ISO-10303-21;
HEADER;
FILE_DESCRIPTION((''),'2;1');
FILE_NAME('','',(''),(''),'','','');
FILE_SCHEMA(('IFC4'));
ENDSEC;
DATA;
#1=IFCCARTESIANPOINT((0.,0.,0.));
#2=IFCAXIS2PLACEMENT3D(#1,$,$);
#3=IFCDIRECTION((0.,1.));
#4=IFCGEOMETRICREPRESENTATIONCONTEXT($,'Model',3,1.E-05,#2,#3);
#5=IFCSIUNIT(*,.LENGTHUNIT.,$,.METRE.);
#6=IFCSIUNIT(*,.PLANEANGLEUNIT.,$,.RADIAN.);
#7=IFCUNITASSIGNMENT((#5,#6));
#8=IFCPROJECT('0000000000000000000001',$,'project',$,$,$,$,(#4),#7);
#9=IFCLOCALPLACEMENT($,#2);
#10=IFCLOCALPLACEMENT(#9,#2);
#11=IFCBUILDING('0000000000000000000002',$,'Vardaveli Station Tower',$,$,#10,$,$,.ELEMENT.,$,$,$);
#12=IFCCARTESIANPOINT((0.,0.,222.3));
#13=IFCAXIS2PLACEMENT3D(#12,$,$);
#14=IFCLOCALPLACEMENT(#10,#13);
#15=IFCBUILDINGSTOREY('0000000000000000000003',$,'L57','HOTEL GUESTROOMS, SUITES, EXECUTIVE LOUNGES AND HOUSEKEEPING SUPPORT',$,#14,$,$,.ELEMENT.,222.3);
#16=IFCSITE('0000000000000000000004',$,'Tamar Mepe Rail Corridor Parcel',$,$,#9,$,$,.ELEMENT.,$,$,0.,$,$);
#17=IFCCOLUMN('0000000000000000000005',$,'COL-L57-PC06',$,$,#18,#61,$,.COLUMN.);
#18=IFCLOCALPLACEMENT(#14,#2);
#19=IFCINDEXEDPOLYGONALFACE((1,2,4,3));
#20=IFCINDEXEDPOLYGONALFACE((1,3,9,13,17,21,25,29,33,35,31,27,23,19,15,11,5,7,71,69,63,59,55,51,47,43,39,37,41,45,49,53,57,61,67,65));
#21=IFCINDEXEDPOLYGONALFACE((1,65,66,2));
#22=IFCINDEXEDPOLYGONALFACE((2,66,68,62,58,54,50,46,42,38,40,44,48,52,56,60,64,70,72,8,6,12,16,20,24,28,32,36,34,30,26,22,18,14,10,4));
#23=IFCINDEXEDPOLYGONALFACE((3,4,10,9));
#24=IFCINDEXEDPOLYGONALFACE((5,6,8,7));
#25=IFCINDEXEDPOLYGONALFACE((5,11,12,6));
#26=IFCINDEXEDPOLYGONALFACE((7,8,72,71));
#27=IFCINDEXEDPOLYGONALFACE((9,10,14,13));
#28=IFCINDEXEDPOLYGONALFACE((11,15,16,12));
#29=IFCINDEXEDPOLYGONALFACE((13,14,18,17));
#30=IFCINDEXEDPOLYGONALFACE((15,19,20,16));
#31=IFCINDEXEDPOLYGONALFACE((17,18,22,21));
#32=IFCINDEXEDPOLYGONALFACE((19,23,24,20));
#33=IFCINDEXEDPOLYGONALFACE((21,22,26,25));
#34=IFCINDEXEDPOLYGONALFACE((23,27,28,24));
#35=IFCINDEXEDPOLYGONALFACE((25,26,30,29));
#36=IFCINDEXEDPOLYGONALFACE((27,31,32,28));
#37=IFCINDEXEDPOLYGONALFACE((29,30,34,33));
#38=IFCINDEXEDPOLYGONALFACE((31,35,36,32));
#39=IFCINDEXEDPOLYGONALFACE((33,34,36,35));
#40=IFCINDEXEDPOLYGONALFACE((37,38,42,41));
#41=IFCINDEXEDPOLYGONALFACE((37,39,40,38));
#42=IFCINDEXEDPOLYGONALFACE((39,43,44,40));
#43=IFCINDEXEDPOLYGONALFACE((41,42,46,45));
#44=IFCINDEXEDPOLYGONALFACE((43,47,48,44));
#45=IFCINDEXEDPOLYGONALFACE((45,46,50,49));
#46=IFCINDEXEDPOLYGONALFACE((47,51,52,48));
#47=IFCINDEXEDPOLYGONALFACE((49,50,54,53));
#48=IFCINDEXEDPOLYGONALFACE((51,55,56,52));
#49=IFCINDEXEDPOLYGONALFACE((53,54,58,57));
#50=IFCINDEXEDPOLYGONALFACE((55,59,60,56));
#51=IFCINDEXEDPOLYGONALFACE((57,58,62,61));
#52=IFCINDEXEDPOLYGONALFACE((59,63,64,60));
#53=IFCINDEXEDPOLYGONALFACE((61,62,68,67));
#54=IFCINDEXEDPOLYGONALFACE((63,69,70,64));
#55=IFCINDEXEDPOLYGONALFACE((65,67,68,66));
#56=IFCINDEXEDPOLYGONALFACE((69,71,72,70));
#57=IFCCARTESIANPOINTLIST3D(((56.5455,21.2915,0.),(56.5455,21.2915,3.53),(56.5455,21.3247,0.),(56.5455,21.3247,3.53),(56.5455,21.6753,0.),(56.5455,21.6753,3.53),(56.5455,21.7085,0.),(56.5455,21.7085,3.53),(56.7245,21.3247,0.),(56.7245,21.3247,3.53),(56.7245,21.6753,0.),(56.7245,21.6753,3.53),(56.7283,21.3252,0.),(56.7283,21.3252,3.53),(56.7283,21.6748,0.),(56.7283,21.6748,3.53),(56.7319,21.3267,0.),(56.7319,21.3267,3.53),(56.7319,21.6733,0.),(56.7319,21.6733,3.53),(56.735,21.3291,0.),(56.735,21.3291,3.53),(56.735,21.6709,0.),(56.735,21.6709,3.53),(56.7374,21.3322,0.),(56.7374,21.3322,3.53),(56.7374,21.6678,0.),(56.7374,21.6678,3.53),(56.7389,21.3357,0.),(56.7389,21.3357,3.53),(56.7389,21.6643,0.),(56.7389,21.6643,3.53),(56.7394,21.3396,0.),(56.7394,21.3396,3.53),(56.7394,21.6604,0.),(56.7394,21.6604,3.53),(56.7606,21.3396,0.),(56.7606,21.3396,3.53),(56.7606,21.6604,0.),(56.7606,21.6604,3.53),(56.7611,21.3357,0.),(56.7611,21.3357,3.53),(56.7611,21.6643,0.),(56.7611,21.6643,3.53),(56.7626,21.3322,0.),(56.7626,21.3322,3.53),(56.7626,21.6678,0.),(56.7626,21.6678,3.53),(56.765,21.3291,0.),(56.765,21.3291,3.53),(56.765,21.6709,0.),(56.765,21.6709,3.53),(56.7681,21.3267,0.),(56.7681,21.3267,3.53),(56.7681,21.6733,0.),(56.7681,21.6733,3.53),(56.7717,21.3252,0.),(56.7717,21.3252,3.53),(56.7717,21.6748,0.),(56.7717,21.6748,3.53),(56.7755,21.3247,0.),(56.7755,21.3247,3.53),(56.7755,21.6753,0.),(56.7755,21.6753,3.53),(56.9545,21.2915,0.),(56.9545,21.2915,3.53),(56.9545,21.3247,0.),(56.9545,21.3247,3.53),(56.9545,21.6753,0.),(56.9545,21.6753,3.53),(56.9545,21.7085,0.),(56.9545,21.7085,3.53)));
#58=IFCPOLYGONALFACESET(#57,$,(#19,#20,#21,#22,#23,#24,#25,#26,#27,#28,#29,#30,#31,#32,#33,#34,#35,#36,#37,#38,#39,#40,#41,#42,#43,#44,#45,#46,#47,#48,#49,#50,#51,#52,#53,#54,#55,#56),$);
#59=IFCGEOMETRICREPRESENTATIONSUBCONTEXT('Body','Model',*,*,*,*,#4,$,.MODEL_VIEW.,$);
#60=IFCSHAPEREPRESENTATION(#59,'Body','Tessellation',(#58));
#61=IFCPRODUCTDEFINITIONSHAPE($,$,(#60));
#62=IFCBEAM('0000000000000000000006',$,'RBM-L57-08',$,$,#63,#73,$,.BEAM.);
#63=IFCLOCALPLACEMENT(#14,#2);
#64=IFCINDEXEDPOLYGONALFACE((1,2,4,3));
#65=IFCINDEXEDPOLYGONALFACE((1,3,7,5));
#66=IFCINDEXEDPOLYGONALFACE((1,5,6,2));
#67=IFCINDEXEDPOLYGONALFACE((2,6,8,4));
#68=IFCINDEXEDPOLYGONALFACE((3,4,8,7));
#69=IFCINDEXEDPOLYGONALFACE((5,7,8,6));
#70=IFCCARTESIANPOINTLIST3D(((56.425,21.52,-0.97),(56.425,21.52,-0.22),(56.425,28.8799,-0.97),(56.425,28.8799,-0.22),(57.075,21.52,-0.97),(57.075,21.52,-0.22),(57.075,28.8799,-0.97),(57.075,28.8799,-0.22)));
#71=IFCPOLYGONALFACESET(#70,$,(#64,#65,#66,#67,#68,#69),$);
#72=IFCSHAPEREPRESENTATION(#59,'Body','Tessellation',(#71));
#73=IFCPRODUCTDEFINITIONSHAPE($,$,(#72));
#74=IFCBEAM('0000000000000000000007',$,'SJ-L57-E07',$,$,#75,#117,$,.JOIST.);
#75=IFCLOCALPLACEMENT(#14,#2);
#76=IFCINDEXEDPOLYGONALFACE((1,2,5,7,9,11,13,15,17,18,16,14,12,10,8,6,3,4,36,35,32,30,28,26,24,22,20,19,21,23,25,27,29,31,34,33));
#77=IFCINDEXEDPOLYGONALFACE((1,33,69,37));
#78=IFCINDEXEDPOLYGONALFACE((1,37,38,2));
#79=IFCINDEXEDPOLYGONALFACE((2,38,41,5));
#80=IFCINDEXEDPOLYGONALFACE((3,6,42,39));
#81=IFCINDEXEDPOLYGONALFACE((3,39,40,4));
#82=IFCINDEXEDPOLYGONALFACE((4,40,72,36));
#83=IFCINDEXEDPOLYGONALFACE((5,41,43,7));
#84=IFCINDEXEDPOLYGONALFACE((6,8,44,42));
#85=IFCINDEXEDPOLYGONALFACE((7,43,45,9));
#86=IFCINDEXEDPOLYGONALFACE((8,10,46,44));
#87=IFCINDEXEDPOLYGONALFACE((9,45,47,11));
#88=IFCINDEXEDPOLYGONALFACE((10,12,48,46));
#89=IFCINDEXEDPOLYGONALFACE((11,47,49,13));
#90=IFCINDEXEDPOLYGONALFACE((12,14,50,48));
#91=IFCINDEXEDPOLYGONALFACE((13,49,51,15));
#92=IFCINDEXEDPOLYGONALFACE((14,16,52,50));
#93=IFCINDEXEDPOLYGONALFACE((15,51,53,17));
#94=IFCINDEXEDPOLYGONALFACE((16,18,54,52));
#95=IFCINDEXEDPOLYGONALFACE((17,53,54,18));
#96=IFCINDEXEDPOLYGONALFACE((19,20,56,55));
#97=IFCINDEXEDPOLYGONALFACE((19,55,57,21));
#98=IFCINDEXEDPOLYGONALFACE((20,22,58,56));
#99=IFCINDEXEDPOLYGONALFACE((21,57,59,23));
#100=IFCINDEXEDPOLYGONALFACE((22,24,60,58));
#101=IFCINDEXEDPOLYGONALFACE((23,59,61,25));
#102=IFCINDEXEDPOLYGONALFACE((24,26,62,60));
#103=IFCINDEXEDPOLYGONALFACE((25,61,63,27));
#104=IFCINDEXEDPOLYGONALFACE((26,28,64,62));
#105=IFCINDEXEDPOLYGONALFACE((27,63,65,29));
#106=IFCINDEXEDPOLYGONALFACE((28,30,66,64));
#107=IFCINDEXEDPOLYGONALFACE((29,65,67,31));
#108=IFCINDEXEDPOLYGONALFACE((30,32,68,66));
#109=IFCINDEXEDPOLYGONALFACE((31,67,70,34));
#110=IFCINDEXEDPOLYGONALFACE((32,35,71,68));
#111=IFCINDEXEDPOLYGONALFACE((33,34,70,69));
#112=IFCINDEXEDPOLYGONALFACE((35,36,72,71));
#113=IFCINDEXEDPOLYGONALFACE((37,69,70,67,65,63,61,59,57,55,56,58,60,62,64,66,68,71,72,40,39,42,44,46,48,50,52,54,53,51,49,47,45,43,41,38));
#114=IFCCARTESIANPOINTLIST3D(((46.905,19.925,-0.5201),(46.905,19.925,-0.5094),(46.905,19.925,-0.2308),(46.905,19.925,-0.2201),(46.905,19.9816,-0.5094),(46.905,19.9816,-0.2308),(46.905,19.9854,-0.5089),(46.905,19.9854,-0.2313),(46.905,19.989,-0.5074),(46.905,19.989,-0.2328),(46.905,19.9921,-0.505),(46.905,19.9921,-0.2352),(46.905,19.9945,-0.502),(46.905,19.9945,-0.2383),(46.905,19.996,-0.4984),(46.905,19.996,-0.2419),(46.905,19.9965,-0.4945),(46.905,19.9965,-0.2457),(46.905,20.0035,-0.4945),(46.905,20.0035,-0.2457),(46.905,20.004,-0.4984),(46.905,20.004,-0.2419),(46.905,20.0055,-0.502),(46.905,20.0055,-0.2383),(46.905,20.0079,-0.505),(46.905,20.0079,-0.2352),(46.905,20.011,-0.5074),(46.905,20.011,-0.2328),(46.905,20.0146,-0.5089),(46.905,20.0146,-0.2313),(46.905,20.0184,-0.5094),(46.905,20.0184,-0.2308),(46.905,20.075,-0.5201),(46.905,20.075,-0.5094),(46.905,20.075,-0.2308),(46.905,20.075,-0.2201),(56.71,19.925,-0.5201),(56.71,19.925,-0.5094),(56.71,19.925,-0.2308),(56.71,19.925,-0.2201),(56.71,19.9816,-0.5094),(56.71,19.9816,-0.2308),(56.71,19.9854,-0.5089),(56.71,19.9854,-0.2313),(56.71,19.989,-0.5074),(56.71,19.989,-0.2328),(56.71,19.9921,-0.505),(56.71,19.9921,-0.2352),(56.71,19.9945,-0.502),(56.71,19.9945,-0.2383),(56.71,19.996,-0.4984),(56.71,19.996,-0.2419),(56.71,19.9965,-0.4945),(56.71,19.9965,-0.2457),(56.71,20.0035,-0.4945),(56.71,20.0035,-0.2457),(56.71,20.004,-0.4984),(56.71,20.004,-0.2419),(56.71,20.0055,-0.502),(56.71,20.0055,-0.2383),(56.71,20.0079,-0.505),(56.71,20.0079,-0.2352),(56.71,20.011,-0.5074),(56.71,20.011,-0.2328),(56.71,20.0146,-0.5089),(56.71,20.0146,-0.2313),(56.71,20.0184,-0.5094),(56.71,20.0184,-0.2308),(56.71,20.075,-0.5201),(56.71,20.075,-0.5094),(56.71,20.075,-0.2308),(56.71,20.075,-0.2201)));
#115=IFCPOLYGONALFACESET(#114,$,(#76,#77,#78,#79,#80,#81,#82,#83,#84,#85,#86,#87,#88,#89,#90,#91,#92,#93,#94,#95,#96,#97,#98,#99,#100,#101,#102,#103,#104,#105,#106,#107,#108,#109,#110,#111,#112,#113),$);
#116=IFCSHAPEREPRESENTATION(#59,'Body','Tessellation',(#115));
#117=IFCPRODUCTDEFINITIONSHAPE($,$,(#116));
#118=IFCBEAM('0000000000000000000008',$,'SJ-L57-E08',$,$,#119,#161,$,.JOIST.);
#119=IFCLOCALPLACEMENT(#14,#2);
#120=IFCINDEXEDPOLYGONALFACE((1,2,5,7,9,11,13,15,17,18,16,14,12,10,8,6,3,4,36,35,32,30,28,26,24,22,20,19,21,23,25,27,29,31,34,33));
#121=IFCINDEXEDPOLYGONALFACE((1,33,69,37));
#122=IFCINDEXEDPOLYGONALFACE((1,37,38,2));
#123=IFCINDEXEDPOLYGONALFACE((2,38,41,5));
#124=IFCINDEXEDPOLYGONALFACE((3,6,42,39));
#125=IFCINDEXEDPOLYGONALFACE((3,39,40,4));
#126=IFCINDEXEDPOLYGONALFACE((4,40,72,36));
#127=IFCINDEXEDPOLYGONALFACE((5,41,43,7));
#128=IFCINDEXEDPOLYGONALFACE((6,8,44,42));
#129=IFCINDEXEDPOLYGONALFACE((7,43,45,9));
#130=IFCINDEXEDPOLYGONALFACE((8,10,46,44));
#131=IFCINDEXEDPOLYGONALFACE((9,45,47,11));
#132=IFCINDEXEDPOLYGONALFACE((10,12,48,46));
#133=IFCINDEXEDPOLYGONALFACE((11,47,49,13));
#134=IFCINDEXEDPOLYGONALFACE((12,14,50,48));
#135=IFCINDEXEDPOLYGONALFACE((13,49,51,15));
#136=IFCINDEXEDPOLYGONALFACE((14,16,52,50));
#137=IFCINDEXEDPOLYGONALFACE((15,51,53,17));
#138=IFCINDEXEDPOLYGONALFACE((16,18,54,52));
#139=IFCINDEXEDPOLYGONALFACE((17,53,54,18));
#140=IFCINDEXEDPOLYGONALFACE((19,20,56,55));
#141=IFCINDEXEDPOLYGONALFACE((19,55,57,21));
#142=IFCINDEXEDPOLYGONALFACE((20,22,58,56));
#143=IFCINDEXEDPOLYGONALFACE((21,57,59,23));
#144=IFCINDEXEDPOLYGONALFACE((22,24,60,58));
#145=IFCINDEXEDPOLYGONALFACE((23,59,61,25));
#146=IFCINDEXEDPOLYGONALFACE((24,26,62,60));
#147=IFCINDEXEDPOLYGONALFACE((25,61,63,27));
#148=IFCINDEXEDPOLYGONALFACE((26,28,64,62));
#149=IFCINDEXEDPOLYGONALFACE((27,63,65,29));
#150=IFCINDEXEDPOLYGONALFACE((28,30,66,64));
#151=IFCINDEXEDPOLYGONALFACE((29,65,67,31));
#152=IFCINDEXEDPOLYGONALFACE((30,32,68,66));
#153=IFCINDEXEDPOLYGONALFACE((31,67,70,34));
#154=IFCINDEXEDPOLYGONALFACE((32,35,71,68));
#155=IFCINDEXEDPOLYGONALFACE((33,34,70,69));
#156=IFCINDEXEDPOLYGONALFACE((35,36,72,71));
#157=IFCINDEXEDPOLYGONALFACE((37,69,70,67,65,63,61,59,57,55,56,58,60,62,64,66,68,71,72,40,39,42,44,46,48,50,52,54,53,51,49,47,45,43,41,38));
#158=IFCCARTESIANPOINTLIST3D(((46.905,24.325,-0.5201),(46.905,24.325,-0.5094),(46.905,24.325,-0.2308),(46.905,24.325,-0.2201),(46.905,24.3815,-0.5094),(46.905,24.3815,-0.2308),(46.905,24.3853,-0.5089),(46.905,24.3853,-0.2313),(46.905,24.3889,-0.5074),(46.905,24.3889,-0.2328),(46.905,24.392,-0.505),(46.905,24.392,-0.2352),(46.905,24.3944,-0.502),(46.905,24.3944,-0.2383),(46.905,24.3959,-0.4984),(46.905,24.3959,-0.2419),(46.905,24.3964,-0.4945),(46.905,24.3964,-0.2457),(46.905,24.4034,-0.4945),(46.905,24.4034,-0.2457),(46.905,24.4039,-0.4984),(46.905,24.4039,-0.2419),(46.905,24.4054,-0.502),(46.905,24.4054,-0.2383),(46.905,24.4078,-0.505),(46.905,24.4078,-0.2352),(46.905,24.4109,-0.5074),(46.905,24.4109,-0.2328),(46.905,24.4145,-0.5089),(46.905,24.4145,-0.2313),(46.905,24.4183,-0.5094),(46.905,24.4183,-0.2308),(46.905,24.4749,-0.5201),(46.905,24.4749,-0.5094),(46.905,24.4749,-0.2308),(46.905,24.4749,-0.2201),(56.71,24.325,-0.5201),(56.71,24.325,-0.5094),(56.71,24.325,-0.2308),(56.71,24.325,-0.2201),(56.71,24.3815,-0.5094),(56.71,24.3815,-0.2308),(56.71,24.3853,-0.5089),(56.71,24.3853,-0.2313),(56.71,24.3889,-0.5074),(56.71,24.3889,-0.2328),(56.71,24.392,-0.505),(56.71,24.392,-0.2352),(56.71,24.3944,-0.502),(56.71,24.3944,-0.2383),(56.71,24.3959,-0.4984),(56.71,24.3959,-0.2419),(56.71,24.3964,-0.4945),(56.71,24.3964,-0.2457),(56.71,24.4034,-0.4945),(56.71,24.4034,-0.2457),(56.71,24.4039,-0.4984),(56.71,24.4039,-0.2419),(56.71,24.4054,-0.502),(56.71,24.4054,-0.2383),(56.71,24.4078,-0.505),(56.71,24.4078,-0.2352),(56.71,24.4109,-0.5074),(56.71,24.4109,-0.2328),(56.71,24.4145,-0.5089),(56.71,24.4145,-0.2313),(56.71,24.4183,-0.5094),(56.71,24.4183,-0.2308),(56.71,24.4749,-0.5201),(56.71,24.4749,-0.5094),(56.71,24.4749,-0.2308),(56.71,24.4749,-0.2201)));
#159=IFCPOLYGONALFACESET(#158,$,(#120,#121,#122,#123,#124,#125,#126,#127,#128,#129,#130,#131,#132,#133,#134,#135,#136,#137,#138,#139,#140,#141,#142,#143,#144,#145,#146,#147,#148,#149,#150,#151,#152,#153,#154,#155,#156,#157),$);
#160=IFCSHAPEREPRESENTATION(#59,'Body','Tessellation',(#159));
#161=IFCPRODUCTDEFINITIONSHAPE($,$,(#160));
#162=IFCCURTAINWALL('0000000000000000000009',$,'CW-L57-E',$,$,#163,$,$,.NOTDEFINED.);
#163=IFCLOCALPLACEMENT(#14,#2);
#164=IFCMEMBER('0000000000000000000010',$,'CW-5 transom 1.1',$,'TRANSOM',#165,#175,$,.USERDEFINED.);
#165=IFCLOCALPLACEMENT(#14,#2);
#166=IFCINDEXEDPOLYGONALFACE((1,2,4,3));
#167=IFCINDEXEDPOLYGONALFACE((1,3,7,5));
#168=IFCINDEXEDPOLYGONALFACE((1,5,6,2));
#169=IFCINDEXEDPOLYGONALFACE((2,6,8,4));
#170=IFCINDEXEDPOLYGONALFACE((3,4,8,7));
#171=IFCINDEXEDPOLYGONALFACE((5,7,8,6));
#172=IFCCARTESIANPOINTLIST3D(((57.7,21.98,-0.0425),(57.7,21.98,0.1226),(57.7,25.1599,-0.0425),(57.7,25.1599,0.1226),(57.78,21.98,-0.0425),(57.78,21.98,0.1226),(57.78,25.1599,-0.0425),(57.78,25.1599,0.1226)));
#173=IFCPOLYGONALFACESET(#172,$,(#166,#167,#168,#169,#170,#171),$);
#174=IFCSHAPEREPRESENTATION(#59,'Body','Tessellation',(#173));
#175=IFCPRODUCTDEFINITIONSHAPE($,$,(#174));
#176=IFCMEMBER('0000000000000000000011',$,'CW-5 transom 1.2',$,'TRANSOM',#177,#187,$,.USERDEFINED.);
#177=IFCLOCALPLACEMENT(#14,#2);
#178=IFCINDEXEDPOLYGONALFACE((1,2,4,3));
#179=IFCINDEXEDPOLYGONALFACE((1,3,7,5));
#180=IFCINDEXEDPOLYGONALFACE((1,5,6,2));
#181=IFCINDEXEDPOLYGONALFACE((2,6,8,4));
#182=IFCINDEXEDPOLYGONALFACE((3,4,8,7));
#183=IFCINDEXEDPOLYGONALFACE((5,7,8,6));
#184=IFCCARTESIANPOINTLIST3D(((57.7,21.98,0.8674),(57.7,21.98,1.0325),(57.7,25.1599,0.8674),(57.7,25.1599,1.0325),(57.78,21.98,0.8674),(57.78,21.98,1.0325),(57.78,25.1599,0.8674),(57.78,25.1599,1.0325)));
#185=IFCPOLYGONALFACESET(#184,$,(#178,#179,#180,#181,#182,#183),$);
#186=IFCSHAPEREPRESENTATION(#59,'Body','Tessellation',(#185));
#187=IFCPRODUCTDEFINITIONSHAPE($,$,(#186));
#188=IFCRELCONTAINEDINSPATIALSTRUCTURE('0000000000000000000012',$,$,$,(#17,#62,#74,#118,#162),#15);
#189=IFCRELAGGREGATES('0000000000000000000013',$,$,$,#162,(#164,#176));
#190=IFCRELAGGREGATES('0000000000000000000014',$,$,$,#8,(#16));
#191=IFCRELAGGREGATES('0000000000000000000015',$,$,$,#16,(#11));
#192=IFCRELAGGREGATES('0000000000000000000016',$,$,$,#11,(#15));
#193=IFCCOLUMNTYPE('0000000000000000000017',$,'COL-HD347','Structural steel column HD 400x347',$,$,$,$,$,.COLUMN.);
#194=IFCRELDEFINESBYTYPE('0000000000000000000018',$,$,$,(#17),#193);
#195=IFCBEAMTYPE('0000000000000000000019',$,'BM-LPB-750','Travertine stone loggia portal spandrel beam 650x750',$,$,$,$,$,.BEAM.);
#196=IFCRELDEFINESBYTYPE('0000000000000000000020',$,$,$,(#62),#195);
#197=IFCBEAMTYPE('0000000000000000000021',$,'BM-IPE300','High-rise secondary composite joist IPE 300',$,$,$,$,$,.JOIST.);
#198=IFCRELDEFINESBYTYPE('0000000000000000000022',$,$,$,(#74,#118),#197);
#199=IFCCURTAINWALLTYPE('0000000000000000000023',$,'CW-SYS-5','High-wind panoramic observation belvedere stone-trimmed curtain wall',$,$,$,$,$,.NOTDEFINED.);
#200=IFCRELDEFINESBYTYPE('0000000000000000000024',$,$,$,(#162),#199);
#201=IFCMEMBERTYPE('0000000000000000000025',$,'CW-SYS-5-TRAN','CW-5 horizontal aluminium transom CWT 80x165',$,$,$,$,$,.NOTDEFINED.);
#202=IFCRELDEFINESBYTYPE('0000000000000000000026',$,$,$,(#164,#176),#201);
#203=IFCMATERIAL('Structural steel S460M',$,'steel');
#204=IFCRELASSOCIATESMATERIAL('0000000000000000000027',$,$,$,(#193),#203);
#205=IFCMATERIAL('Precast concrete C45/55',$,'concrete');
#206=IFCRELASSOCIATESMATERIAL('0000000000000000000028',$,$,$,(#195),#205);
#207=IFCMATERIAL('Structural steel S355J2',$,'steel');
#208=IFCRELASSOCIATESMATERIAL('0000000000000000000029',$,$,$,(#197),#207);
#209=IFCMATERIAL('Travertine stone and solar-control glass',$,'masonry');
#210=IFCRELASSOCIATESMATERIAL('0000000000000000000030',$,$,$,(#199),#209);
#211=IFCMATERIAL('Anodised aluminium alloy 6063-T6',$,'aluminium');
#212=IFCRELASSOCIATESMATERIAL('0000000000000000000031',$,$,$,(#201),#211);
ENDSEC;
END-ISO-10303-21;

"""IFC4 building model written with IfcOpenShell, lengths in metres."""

from ifc_helpers import new_model, si_unit, direction, frame, origin, origin_2d, place, context, subcontext, project, spatial, rectangle, i_section, extrude, source, transform, mapped, material, material_profile, profile_set, type_object, element, aggregate, save


model = new_model("IFC4")

# Units and contexts
model_context = context("Model", 3, precision=1e-05, world=origin(), true_north=direction((0.0, 1.0)))
body_context = subcontext(model_context, "Body", "Model", "MODEL_VIEW")
ifc_project = project(units=[si_unit("LENGTHUNIT", "METRE"), si_unit("PLANEANGLEUNIT", "RADIAN")], contexts=[model_context])

# Site, building, storey
site_placement = place(None, origin())
site = spatial("IfcSite", under=ifc_project, at=site_placement, Name="Tamar Mepe Rail Corridor Parcel", CompositionType="ELEMENT", RefElevation=0.0)
building_placement = place(site_placement, origin())
building = spatial("IfcBuilding", under=site, at=building_placement, Name="Vardaveli Station Tower", CompositionType="ELEMENT")
storey_placement = place(building_placement, frame((0.0, 0.0, 222.3)))
storey = spatial("IfcBuildingStorey", under=building, at=storey_placement, Name="L57", Description="HOTEL GUESTROOMS, SUITES, EXECUTIVE LOUNGES AND HOUSEKEEPING SUPPORT", CompositionType="ELEMENT", Elevation=222.3)

# Column
ifc_material_1 = material(Name="Structural steel S460M", Category="steel")
ifc_material_profile_1 = material_profile(ifc_material_1, i_section(OverallWidth=0.4089, OverallDepth=0.417, WebThickness=0.0212, FlangeThickness=0.0332, FilletRadius=0.0149, at=origin_2d()), Name="HD 400x347")
ifc_profile_set_1 = profile_set([ifc_material_profile_1], Name="Structural steel S460M")
column_type = type_object("IfcColumnType", Name="COL-HD347", Description="Structural steel column HD 400x347", PredefinedType="COLUMN", material=ifc_profile_set_1)
shared_shape_1 = source(origin(), body_context, "Body", "SweptSolid", [
    extrude(i_section(OverallWidth=0.4089, OverallDepth=0.417, WebThickness=0.0212, FlangeThickness=0.0332, FilletRadius=0.0149, at=origin_2d()), origin(), (0.0, 0.0, 1.0), 3.53),
])
column_placement = place(storey_placement, frame((56.75, 21.5, 0.0), z_axis=(0.0, 0.0, 1.0), x_axis=(1.0, 0.0, 0.0)))
element("IfcColumn", 1, at=column_placement, inside=storey, type_object=column_type, Name="COL-L57-PC06", PredefinedType="COLUMN", context=body_context, shape_type="MappedRepresentation", body=[
    mapped(shared_shape_1, transform((0.0, 0.0, 0.0), scale=1.0)),
])

# Beams
ifc_material_2 = material(Name="Precast concrete C45/55", Category="concrete")
ifc_material_profile_2 = material_profile(ifc_material_2, rectangle(XDim=0.6499, YDim=0.75, at=origin_2d()), Name="LPB 650x750")
ifc_profile_set_2 = profile_set([ifc_material_profile_2], Name="Precast concrete C45/55")
beam_type_1 = type_object("IfcBeamType", Name="BM-LPB-750", Description="Travertine stone loggia portal spandrel beam 650x750", PredefinedType="BEAM", material=ifc_profile_set_2)
shared_shape_2 = source(origin(), body_context, "Body", "SweptSolid", [
    extrude(rectangle(XDim=0.6499, YDim=0.75, at=origin_2d()), origin(), (0.0, 0.0, 1.0), 7.3599),
])
beam_placement = place(storey_placement, frame((56.75, 21.52, -0.595), z_axis=(0.0, 1.0, 0.0), x_axis=(-1.0, 0.0, 0.0)))
element("IfcBeam", 2, at=beam_placement, inside=storey, type_object=beam_type_1, Name="RBM-L57-08", PredefinedType="BEAM", context=body_context, shape_type="MappedRepresentation", body=[
    mapped(shared_shape_2, transform((0.0, 0.0, 0.0), scale=1.0)),
])
ifc_material_3 = material(Name="Structural steel S355J2", Category="steel")
ifc_material_profile_3 = material_profile(ifc_material_3, i_section(OverallWidth=0.1499, OverallDepth=0.3, WebThickness=0.0071, FlangeThickness=0.0107, FilletRadius=0.0149, at=origin_2d()), Name="IPE 300")
ifc_profile_set_3 = profile_set([ifc_material_profile_3], Name="Structural steel S355J2")
beam_type_2 = type_object("IfcBeamType", Name="BM-IPE300", Description="High-rise secondary composite joist IPE 300", PredefinedType="JOIST", material=ifc_profile_set_3)
shared_shape_3 = source(origin(), body_context, "Body", "SweptSolid", [
    extrude(i_section(OverallWidth=0.1499, OverallDepth=0.3, WebThickness=0.0071, FlangeThickness=0.0107, FilletRadius=0.0149, at=origin_2d()), origin(), (0.0, 0.0, 1.0), 9.8049),
])
for number, where, z_axis, x_axis, name in (
    (3, (46.905, 20.0, -0.3701), (1.0, 0.0, 0.0), (0.0, 1.0, 0.0), "SJ-L57-E07"),
    (4, (46.905, 24.3999, -0.3701), (1.0, 0.0, 0.0), (0.0, 1.0, 0.0), "SJ-L57-E08"),
):
    element("IfcBeam", number, at=place(storey_placement, frame(where, z_axis=z_axis, x_axis=x_axis)), inside=storey, type_object=beam_type_2, Name=name, PredefinedType="JOIST", context=body_context, shape_type="MappedRepresentation", body=[
        mapped(shared_shape_3, transform((0.0, 0.0, 0.0), scale=1.0)),
    ])

# Curtain wall, members
ifc_material_4 = material(Name="Travertine stone and solar-control glass", Category="masonry")
curtain_wall_type = type_object("IfcCurtainWallType", Name="CW-SYS-5", Description="High-wind panoramic observation belvedere stone-trimmed curtain wall", PredefinedType="NOTDEFINED", material=ifc_material_4)
curtain_wall_placement = place(storey_placement, origin())
curtain_wall = element("IfcCurtainWall", 5, at=curtain_wall_placement, inside=storey, type_object=curtain_wall_type, Name="CW-L57-E", PredefinedType="NOTDEFINED")
ifc_material_5 = material(Name="Anodised aluminium alloy 6063-T6", Category="aluminium")
ifc_material_profile_4 = material_profile(ifc_material_5, rectangle(XDim=0.0801, YDim=0.165, at=origin_2d()), Name="CWT 80x165")
ifc_profile_set_4 = profile_set([ifc_material_profile_4], Name="Anodised aluminium alloy 6063-T6")
member_type_1 = type_object("IfcMemberType", Name="CW-SYS-5-TRAN", Description="CW-5 horizontal aluminium transom CWT 80x165", PredefinedType="NOTDEFINED", material=ifc_profile_set_4)
shared_shape_4 = source(origin(), body_context, "Body", "SweptSolid", [
    extrude(rectangle(XDim=0.0801, YDim=0.165, at=origin_2d()), origin(), (0.0, 0.0, 1.0), 3.1799),
])
member_1_placement = place(storey_placement, frame((57.74, 21.98, 0.04), z_axis=(0.0, 1.0, 0.0), x_axis=(-1.0, 0.0, 0.0)))
member_1 = element("IfcMember", 6, at=member_1_placement, type_object=member_type_1, Name="CW-5 transom 1.1", ObjectType="TRANSOM", PredefinedType="USERDEFINED", context=body_context, shape_type="MappedRepresentation", body=[
    mapped(shared_shape_4, transform((0.0, 0.0, 0.0), scale=1.0)),
])
member_2_placement = place(storey_placement, frame((57.74, 21.98, 0.95), z_axis=(0.0, 1.0, 0.0), x_axis=(-1.0, 0.0, 0.0)))
member_2 = element("IfcMember", 7, at=member_2_placement, type_object=member_type_1, Name="CW-5 transom 1.2", ObjectType="TRANSOM", PredefinedType="USERDEFINED", context=body_context, shape_type="MappedRepresentation", body=[
    mapped(shared_shape_4, transform((0.0, 0.0, 0.0), scale=1.0)),
])
aggregate(curtain_wall, [member_1, member_2])

save(model, "model.ifc")
